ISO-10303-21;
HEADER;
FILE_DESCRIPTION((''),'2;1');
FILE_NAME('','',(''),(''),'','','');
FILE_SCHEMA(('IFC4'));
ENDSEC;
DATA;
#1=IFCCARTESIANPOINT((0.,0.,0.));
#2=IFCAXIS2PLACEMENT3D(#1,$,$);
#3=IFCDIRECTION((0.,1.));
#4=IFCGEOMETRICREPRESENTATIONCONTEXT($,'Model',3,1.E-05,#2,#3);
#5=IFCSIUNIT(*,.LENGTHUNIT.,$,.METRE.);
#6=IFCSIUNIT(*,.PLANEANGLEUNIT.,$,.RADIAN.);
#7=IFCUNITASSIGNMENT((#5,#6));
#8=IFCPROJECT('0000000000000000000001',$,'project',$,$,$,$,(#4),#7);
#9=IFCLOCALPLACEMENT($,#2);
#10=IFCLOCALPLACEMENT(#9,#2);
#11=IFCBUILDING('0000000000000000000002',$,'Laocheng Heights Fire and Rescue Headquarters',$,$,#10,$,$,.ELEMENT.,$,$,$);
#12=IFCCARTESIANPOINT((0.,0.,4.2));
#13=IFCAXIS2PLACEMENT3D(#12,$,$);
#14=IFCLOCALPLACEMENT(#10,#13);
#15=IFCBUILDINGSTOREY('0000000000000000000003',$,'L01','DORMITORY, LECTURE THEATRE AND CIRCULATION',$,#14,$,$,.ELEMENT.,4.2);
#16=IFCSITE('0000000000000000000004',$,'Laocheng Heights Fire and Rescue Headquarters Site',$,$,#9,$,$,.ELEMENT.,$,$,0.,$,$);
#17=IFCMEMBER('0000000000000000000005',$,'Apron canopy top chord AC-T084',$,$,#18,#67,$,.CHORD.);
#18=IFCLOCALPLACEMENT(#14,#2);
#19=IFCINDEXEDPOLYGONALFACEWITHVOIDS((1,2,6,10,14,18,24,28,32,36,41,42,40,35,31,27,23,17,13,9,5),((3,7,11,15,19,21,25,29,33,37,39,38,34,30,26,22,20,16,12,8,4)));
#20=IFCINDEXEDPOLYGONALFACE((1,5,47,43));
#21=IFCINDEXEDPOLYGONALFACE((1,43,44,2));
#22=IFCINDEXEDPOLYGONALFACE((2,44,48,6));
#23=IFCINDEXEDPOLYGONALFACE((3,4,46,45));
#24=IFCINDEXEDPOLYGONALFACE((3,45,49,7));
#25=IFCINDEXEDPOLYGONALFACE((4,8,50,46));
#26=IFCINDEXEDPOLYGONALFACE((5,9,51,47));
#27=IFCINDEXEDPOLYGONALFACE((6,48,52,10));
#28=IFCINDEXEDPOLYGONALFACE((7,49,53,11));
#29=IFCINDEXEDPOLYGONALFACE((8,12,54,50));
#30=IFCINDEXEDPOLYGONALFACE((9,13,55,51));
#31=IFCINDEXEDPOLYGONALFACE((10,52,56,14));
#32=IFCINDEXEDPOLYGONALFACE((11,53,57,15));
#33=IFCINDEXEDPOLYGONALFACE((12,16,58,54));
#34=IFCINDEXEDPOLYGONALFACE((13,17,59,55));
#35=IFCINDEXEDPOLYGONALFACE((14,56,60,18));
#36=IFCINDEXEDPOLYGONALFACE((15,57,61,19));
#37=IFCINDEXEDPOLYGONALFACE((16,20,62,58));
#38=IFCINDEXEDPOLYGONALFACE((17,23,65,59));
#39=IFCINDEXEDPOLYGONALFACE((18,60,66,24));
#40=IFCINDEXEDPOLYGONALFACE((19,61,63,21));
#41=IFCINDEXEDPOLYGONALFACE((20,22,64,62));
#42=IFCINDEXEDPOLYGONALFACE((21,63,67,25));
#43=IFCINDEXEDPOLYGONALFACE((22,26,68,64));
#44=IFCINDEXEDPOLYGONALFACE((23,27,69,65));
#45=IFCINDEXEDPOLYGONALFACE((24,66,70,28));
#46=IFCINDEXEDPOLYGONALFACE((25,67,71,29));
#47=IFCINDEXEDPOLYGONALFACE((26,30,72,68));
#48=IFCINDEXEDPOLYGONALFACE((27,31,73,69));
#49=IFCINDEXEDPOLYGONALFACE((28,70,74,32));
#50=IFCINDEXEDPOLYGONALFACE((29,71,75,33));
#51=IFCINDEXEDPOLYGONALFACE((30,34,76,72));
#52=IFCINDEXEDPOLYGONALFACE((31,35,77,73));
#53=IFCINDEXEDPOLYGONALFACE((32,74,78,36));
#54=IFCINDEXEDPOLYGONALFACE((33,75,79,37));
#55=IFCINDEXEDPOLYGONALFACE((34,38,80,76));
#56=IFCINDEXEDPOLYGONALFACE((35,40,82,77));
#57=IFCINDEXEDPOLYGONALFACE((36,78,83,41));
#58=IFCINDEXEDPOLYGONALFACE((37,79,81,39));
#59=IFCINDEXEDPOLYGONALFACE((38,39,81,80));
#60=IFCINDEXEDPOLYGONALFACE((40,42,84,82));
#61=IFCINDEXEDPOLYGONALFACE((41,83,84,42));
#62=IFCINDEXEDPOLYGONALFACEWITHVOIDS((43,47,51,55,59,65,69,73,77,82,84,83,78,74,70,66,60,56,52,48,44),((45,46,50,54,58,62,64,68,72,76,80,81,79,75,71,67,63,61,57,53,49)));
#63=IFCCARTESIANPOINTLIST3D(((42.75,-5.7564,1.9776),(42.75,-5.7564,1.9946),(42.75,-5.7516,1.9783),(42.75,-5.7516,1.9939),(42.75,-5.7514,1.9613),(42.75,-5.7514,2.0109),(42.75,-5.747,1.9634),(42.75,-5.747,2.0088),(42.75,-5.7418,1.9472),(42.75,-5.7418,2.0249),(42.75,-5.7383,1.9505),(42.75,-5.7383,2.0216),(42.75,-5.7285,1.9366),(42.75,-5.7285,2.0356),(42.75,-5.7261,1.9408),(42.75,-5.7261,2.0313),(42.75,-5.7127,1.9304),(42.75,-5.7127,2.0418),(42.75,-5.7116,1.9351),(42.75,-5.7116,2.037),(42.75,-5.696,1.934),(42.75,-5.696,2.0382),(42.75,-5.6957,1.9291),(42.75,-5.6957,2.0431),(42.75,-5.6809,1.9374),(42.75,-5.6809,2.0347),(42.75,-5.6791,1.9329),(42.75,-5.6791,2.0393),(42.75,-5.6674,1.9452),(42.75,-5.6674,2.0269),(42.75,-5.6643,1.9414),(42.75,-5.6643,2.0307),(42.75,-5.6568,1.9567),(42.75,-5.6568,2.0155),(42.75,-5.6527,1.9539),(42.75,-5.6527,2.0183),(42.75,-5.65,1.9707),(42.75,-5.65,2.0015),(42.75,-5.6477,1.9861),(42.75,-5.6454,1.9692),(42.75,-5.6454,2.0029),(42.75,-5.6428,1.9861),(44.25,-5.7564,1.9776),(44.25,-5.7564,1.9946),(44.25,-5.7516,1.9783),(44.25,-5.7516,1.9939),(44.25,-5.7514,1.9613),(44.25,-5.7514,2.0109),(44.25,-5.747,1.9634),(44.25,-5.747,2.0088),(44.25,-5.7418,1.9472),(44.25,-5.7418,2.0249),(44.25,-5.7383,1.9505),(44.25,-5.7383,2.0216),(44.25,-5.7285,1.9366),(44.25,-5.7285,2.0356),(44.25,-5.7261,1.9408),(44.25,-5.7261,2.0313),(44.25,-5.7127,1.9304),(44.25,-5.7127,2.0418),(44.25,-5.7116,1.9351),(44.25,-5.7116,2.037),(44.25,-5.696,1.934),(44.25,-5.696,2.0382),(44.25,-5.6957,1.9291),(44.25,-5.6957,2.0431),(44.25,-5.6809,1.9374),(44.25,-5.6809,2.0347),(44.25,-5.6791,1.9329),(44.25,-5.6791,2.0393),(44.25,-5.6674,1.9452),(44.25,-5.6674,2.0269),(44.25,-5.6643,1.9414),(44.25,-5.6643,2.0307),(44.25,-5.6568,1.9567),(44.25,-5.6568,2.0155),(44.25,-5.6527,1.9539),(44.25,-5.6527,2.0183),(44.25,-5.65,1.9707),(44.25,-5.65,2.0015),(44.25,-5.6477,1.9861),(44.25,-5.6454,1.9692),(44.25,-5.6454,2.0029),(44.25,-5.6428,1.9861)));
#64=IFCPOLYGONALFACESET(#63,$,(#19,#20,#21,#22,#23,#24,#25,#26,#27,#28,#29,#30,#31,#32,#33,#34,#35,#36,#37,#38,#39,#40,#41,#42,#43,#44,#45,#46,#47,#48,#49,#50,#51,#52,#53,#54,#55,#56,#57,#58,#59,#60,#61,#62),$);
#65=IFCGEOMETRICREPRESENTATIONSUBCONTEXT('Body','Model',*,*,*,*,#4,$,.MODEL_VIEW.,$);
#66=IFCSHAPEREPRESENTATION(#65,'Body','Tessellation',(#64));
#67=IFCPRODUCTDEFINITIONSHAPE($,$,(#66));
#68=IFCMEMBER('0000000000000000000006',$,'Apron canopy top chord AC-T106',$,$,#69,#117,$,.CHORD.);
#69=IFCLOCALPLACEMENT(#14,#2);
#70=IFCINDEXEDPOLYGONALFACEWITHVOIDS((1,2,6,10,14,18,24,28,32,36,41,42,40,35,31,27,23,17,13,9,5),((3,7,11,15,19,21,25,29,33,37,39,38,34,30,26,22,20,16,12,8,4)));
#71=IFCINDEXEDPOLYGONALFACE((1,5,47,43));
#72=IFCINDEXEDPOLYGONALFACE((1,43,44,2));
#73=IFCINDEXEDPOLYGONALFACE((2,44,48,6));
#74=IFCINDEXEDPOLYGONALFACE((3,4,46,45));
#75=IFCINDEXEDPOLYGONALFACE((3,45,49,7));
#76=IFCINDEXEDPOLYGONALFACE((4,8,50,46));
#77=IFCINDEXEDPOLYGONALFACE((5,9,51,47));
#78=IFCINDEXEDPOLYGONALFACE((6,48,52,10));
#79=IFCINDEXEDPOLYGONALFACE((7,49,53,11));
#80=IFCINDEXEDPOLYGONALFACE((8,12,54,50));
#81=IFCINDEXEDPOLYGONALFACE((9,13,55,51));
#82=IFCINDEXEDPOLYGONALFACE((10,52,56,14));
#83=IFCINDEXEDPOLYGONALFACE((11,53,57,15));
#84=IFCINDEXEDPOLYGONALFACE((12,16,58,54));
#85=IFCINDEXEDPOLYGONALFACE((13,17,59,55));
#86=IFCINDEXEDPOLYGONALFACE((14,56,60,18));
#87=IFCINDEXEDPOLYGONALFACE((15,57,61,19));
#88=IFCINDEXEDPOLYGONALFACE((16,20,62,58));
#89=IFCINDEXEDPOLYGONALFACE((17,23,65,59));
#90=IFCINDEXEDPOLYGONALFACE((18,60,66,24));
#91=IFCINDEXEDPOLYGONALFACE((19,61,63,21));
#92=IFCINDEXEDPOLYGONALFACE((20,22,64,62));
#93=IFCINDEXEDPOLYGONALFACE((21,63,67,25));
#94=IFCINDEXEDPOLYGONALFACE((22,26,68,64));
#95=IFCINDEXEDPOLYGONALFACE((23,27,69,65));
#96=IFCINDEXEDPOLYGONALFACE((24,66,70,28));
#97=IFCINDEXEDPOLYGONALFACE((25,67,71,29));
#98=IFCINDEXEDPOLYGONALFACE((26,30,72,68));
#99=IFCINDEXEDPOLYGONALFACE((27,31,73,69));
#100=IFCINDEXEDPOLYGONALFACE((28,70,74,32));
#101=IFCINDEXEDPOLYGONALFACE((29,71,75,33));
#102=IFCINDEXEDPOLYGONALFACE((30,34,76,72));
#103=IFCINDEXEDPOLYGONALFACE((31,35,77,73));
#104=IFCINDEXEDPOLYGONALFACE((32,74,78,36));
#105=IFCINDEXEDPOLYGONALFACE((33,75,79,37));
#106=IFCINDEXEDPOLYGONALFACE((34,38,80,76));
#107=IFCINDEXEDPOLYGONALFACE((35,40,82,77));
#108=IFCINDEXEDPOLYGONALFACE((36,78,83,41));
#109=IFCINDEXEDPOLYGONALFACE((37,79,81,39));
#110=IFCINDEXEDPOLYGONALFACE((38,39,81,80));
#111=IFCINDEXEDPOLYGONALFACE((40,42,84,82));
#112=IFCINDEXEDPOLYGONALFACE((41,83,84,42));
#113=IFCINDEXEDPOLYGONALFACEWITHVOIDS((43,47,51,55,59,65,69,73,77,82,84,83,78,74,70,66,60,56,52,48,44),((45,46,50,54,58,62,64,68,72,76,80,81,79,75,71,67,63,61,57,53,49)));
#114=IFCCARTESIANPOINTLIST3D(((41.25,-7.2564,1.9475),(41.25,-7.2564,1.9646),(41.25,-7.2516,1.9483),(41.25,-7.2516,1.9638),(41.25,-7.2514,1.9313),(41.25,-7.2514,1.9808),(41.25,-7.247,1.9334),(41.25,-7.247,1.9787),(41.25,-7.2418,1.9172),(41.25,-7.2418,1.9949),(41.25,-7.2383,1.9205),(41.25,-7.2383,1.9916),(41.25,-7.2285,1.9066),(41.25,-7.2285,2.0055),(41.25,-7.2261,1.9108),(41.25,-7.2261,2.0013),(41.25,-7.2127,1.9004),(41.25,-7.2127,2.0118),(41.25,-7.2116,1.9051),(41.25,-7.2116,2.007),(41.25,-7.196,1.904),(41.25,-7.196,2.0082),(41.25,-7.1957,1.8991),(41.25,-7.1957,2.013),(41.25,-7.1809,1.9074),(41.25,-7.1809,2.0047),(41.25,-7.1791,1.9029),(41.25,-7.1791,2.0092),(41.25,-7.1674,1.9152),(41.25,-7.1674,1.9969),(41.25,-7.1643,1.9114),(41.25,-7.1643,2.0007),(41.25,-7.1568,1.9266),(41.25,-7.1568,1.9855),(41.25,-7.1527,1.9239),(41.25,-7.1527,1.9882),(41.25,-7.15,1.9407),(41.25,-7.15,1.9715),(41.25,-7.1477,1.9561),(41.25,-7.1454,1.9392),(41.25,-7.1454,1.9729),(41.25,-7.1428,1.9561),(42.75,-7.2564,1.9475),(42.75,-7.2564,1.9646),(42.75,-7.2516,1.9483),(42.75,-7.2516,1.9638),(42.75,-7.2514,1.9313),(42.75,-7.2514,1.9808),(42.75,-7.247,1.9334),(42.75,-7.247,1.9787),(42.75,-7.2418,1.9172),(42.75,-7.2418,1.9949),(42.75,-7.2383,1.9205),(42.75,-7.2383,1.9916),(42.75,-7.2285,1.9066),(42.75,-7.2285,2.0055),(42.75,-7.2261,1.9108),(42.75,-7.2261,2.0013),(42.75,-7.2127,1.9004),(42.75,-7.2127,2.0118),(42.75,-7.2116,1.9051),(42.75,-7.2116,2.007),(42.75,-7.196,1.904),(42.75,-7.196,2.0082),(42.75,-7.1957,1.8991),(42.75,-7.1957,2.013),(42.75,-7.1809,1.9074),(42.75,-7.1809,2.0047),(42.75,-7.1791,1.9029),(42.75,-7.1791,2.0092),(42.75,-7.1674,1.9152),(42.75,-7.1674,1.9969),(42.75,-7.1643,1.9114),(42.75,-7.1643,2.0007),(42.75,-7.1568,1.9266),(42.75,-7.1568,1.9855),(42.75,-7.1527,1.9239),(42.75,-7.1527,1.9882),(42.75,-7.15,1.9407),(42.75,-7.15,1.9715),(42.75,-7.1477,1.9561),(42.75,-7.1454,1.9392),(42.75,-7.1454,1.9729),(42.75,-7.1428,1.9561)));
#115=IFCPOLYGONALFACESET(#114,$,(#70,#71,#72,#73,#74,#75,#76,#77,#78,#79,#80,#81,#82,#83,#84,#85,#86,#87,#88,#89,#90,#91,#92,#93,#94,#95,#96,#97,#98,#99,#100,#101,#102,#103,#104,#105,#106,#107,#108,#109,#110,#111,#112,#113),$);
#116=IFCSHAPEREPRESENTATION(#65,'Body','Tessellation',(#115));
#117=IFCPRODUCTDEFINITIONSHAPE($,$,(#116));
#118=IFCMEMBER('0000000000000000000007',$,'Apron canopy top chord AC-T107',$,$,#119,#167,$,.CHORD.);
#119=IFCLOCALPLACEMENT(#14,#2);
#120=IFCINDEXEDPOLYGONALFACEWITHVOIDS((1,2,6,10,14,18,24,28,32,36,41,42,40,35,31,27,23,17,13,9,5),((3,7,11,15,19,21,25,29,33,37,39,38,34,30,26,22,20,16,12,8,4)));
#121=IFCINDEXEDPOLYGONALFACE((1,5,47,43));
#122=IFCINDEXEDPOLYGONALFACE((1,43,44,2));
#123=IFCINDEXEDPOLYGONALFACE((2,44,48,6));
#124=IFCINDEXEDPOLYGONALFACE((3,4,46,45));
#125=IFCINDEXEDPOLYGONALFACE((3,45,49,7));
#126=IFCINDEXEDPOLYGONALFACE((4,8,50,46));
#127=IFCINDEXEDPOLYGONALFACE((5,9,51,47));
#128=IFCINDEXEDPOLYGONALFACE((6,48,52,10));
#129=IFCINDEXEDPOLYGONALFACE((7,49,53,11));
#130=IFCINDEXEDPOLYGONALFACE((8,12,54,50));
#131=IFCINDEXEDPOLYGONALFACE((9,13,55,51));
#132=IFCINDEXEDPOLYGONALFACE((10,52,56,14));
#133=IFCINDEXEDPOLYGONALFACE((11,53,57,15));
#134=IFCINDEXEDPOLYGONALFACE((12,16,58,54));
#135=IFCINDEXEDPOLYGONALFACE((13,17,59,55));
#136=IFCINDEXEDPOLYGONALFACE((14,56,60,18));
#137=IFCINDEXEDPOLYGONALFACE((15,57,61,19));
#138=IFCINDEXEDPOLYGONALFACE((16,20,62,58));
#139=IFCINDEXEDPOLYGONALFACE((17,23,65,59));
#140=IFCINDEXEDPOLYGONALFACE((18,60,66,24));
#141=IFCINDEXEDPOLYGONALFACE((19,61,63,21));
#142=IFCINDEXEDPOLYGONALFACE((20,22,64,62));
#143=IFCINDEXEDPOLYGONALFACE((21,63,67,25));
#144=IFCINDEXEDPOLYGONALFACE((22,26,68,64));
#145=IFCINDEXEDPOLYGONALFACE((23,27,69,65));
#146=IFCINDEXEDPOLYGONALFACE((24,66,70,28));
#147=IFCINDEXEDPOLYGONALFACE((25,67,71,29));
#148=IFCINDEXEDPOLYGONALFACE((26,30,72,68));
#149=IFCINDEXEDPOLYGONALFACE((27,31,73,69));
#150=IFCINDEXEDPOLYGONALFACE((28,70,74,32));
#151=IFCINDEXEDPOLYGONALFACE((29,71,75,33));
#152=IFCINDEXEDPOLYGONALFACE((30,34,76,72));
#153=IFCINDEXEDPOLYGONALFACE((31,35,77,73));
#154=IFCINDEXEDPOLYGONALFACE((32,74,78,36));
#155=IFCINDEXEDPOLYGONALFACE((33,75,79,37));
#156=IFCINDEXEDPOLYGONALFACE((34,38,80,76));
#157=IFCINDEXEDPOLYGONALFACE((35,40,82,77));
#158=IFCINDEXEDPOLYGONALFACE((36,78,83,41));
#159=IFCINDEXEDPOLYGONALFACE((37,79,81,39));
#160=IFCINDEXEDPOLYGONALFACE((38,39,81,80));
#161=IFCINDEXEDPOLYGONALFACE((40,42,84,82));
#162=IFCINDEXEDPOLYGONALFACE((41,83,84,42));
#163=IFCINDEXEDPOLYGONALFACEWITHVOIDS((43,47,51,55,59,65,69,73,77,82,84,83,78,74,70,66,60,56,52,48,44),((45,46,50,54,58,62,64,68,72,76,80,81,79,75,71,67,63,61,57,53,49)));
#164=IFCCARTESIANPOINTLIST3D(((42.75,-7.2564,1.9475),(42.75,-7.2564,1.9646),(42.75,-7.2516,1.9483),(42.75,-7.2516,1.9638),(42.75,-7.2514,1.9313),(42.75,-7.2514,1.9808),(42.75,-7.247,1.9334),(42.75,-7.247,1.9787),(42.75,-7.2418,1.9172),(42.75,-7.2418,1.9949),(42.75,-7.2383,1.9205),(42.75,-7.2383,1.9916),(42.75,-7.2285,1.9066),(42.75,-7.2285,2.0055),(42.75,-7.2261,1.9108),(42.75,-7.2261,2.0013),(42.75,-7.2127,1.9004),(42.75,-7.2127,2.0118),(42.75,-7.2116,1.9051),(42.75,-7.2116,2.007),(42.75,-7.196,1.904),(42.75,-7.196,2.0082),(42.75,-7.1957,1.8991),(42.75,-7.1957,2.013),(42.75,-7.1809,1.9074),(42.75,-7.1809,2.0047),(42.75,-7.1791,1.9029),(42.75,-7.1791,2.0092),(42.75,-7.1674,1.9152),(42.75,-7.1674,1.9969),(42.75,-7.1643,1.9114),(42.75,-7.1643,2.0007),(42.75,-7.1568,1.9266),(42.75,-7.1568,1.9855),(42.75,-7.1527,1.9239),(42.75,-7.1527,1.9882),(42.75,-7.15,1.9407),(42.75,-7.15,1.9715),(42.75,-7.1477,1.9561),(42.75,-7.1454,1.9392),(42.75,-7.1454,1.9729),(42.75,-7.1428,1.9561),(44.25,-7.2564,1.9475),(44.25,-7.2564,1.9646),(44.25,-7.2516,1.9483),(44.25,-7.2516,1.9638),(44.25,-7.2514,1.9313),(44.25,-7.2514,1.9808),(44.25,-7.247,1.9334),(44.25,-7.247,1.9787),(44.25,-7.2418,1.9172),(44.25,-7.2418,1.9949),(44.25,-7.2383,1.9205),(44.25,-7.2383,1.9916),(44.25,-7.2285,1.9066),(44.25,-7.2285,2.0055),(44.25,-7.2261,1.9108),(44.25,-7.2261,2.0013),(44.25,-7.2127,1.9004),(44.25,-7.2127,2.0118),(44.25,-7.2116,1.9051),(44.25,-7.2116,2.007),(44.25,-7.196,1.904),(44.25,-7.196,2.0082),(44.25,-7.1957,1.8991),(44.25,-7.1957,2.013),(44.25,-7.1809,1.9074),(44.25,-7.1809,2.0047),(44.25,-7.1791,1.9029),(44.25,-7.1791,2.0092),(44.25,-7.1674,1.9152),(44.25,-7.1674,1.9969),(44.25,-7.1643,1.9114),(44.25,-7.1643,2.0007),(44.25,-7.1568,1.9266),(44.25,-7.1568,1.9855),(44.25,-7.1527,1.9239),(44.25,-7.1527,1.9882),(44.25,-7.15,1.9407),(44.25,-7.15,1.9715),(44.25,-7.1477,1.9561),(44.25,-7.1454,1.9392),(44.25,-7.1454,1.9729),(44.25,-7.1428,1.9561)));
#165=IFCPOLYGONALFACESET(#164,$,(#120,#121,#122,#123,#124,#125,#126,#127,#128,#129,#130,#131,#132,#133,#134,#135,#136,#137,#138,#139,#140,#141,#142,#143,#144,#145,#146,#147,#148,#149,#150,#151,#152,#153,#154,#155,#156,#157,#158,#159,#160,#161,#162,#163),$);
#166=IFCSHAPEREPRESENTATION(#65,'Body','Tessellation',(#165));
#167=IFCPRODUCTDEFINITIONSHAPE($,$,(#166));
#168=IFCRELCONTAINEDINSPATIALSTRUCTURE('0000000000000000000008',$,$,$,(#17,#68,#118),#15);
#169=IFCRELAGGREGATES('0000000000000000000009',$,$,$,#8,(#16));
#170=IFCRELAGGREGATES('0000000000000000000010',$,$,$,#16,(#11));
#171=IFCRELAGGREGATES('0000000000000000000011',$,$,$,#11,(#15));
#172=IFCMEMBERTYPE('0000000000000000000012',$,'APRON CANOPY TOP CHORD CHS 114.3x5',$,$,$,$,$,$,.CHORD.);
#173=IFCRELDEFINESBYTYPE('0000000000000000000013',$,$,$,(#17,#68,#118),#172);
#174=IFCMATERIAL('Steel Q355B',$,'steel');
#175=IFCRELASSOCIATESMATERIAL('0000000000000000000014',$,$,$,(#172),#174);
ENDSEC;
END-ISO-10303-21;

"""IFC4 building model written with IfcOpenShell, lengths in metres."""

from ifc_helpers import new_model, si_unit, direction, frame, origin, origin_2d, place, context, subcontext, project, spatial, hollow_circle, extrude, material, material_profile, profile_set, type_object, element, save


model = new_model("IFC4")

# Units and contexts
model_context = context("Model", 3, precision=1e-05, world=origin(), true_north=direction((0.0, 1.0)))
body_context = subcontext(model_context, "Body", "Model", "MODEL_VIEW")
ifc_project = project(units=[si_unit("LENGTHUNIT", "METRE"), si_unit("PLANEANGLEUNIT", "RADIAN")], contexts=[model_context])

# Site, building, storey
site_placement = place(None, origin())
site = spatial("IfcSite", under=ifc_project, at=site_placement, Name="Laocheng Heights Fire and Rescue Headquarters Site", CompositionType="ELEMENT", RefElevation=0.0)
building_placement = place(site_placement, origin())
building = spatial("IfcBuilding", under=site, at=building_placement, Name="Laocheng Heights Fire and Rescue Headquarters", CompositionType="ELEMENT")
storey_placement = place(building_placement, frame((0.0, 0.0, 4.2)))
storey = spatial("IfcBuildingStorey", under=building, at=storey_placement, Name="L01", Description="DORMITORY, LECTURE THEATRE AND CIRCULATION", CompositionType="ELEMENT", Elevation=4.2)

# Members
ifc_material_1 = material(Name="Steel Q355B", Category="steel")
ifc_material_profile_1 = material_profile(ifc_material_1, hollow_circle(Radius=0.0571, WallThickness=0.0049, at=origin_2d()), Name="CHS 114.3x5")
ifc_profile_set_1 = profile_set([ifc_material_profile_1], Name="Steel Q355B")
member_type_1 = type_object("IfcMemberType", Name="APRON CANOPY TOP CHORD CHS 114.3x5", PredefinedType="CHORD", material=ifc_profile_set_1)
for number, where, z_axis, x_axis, name in (
    (1, (42.75, -5.7, 1.9861), (1.0, 0.0, 0.0), (0.0, 1.0, 0.0), "Apron canopy top chord AC-T084"),
    (2, (41.25, -7.2, 1.9561), (1.0, 0.0, 0.0), (0.0, 1.0, 0.0), "Apron canopy top chord AC-T106"),
    (3, (42.75, -7.2, 1.9561), (1.0, 0.0, 0.0), (0.0, 1.0, 0.0), "Apron canopy top chord AC-T107"),
):
    element("IfcMember", number, at=place(storey_placement, frame(where, z_axis=z_axis, x_axis=x_axis)), inside=storey, type_object=member_type_1, Name=name, PredefinedType="CHORD", context=body_context, shape_type="SweptSolid", body=[
        extrude(hollow_circle(Radius=0.0571, WallThickness=0.0049, at=origin_2d()), origin(), (0.0, 0.0, 1.0), 1.5),
    ])

save(model, "model.ifc")
